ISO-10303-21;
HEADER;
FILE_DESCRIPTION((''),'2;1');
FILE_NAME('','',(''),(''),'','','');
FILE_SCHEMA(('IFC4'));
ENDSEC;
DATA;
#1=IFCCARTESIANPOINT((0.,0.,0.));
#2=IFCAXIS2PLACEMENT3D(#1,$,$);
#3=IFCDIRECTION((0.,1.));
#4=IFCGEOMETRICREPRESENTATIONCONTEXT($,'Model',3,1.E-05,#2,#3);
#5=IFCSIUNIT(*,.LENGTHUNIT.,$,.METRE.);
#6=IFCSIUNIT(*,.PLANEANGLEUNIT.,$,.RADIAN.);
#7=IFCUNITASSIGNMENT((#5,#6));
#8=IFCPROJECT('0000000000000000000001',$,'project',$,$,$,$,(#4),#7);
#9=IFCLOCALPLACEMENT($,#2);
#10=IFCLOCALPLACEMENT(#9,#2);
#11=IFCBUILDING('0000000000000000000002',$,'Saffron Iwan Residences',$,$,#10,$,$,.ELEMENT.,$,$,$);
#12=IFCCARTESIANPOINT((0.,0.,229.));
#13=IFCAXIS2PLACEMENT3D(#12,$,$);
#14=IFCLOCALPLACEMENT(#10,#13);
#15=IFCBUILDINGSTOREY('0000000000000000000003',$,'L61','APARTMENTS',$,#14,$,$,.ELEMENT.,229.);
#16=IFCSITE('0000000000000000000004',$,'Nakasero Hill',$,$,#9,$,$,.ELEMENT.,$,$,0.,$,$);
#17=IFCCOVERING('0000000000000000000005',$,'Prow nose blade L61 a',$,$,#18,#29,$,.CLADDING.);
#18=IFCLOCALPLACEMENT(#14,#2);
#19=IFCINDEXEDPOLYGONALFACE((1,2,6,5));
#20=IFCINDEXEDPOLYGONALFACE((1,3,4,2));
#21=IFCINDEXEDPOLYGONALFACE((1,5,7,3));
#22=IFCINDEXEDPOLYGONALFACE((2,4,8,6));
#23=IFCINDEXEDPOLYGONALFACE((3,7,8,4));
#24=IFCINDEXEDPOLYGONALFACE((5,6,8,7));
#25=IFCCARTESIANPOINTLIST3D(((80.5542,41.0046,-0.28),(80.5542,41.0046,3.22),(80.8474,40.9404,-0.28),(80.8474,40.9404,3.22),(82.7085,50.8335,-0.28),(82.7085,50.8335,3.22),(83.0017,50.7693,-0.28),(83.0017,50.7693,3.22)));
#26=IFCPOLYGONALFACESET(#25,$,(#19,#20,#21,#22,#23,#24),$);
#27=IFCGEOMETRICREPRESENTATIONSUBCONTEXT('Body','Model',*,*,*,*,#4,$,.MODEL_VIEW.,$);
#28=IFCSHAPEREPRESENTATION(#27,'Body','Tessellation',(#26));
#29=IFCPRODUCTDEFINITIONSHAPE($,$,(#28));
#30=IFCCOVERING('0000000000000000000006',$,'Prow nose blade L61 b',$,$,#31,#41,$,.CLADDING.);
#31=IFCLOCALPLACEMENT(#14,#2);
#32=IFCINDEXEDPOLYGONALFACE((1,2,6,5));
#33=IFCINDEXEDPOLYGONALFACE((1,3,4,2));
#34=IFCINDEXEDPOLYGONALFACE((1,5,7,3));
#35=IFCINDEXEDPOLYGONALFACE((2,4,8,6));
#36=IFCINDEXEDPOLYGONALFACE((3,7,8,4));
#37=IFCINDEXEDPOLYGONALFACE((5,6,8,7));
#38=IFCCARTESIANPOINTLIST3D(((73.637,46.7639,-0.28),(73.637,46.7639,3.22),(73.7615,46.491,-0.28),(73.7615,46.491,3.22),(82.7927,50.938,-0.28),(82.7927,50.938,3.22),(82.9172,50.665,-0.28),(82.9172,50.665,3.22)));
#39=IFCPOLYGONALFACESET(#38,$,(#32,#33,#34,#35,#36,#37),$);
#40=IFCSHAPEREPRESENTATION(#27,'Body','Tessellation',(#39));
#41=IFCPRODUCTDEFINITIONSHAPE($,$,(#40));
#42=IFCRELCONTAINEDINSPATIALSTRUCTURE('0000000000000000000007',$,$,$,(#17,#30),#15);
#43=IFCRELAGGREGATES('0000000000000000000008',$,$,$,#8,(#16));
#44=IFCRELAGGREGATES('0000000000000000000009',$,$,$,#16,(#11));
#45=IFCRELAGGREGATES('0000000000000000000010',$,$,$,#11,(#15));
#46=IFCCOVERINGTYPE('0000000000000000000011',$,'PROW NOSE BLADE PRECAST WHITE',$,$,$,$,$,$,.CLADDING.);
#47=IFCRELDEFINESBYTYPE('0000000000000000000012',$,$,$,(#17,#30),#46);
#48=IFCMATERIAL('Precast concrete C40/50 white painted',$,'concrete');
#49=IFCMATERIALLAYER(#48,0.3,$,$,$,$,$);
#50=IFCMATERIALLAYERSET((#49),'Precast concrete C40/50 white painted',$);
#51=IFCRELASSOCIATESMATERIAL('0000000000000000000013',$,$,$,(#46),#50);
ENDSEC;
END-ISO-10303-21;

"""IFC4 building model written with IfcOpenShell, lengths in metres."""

from ifc_helpers import new_model, si_unit, direction, frame, origin, place, context, subcontext, project, spatial, polyline, outline, extrude, material, layer, layer_set, type_object, element, save


model = new_model("IFC4")

# Units and contexts
model_context = context("Model", 3, precision=1e-05, world=origin(), true_north=direction((0.0, 1.0)))
body_context = subcontext(model_context, "Body", "Model", "MODEL_VIEW")
ifc_project = project(units=[si_unit("LENGTHUNIT", "METRE"), si_unit("PLANEANGLEUNIT", "RADIAN")], contexts=[model_context])

# Site, building, storey
site_placement = place(None, origin())
site = spatial("IfcSite", under=ifc_project, at=site_placement, Name="Nakasero Hill", CompositionType="ELEMENT", RefElevation=0.0)
building_placement = place(site_placement, origin())
building = spatial("IfcBuilding", under=site, at=building_placement, Name="Saffron Iwan Residences", CompositionType="ELEMENT")
storey_placement = place(building_placement, frame((0.0, 0.0, 229.0)))
storey = spatial("IfcBuildingStorey", under=building, at=storey_placement, Name="L61", Description="APARTMENTS", CompositionType="ELEMENT", Elevation=229.0)

# Coverings
ifc_material_1 = material(Name="Precast concrete C40/50 white painted", Category="concrete")
ifc_layer_1 = layer(ifc_material_1, 0.3)
ifc_layer_set_1 = layer_set([ifc_layer_1], Name="Precast concrete C40/50 white painted")
covering_type_1 = type_object("IfcCoveringType", Name="PROW NOSE BLADE PRECAST WHITE", PredefinedType="CLADDING", material=ifc_layer_set_1)
covering_1_placement = place(storey_placement, frame((0.0, 0.0, -0.28)))
element("IfcCovering", 1, at=covering_1_placement, inside=storey, type_object=covering_type_1, Name="Prow nose blade L61 a", PredefinedType="CLADDING", context=body_context, shape_type="SweptSolid", body=[
    extrude(outline(polyline([(80.8474, 40.9404), (83.0017, 50.7693), (82.7085, 50.8335), (80.5542, 41.0046), (80.8474, 40.9404)])), origin(), (0.0, 0.0, 1.0), 3.5),
])
covering_2_placement = place(storey_placement, frame((0.0, 0.0, -0.28)))
element("IfcCovering", 2, at=covering_2_placement, inside=storey, type_object=covering_type_1, Name="Prow nose blade L61 b", PredefinedType="CLADDING", context=body_context, shape_type="SweptSolid", body=[
    extrude(outline(polyline([(73.7615, 46.491), (82.9172, 50.665), (82.7927, 50.938), (73.637, 46.7639), (73.7615, 46.491)])), origin(), (0.0, 0.0, 1.0), 3.5),
])

save(model, "model.ifc")
